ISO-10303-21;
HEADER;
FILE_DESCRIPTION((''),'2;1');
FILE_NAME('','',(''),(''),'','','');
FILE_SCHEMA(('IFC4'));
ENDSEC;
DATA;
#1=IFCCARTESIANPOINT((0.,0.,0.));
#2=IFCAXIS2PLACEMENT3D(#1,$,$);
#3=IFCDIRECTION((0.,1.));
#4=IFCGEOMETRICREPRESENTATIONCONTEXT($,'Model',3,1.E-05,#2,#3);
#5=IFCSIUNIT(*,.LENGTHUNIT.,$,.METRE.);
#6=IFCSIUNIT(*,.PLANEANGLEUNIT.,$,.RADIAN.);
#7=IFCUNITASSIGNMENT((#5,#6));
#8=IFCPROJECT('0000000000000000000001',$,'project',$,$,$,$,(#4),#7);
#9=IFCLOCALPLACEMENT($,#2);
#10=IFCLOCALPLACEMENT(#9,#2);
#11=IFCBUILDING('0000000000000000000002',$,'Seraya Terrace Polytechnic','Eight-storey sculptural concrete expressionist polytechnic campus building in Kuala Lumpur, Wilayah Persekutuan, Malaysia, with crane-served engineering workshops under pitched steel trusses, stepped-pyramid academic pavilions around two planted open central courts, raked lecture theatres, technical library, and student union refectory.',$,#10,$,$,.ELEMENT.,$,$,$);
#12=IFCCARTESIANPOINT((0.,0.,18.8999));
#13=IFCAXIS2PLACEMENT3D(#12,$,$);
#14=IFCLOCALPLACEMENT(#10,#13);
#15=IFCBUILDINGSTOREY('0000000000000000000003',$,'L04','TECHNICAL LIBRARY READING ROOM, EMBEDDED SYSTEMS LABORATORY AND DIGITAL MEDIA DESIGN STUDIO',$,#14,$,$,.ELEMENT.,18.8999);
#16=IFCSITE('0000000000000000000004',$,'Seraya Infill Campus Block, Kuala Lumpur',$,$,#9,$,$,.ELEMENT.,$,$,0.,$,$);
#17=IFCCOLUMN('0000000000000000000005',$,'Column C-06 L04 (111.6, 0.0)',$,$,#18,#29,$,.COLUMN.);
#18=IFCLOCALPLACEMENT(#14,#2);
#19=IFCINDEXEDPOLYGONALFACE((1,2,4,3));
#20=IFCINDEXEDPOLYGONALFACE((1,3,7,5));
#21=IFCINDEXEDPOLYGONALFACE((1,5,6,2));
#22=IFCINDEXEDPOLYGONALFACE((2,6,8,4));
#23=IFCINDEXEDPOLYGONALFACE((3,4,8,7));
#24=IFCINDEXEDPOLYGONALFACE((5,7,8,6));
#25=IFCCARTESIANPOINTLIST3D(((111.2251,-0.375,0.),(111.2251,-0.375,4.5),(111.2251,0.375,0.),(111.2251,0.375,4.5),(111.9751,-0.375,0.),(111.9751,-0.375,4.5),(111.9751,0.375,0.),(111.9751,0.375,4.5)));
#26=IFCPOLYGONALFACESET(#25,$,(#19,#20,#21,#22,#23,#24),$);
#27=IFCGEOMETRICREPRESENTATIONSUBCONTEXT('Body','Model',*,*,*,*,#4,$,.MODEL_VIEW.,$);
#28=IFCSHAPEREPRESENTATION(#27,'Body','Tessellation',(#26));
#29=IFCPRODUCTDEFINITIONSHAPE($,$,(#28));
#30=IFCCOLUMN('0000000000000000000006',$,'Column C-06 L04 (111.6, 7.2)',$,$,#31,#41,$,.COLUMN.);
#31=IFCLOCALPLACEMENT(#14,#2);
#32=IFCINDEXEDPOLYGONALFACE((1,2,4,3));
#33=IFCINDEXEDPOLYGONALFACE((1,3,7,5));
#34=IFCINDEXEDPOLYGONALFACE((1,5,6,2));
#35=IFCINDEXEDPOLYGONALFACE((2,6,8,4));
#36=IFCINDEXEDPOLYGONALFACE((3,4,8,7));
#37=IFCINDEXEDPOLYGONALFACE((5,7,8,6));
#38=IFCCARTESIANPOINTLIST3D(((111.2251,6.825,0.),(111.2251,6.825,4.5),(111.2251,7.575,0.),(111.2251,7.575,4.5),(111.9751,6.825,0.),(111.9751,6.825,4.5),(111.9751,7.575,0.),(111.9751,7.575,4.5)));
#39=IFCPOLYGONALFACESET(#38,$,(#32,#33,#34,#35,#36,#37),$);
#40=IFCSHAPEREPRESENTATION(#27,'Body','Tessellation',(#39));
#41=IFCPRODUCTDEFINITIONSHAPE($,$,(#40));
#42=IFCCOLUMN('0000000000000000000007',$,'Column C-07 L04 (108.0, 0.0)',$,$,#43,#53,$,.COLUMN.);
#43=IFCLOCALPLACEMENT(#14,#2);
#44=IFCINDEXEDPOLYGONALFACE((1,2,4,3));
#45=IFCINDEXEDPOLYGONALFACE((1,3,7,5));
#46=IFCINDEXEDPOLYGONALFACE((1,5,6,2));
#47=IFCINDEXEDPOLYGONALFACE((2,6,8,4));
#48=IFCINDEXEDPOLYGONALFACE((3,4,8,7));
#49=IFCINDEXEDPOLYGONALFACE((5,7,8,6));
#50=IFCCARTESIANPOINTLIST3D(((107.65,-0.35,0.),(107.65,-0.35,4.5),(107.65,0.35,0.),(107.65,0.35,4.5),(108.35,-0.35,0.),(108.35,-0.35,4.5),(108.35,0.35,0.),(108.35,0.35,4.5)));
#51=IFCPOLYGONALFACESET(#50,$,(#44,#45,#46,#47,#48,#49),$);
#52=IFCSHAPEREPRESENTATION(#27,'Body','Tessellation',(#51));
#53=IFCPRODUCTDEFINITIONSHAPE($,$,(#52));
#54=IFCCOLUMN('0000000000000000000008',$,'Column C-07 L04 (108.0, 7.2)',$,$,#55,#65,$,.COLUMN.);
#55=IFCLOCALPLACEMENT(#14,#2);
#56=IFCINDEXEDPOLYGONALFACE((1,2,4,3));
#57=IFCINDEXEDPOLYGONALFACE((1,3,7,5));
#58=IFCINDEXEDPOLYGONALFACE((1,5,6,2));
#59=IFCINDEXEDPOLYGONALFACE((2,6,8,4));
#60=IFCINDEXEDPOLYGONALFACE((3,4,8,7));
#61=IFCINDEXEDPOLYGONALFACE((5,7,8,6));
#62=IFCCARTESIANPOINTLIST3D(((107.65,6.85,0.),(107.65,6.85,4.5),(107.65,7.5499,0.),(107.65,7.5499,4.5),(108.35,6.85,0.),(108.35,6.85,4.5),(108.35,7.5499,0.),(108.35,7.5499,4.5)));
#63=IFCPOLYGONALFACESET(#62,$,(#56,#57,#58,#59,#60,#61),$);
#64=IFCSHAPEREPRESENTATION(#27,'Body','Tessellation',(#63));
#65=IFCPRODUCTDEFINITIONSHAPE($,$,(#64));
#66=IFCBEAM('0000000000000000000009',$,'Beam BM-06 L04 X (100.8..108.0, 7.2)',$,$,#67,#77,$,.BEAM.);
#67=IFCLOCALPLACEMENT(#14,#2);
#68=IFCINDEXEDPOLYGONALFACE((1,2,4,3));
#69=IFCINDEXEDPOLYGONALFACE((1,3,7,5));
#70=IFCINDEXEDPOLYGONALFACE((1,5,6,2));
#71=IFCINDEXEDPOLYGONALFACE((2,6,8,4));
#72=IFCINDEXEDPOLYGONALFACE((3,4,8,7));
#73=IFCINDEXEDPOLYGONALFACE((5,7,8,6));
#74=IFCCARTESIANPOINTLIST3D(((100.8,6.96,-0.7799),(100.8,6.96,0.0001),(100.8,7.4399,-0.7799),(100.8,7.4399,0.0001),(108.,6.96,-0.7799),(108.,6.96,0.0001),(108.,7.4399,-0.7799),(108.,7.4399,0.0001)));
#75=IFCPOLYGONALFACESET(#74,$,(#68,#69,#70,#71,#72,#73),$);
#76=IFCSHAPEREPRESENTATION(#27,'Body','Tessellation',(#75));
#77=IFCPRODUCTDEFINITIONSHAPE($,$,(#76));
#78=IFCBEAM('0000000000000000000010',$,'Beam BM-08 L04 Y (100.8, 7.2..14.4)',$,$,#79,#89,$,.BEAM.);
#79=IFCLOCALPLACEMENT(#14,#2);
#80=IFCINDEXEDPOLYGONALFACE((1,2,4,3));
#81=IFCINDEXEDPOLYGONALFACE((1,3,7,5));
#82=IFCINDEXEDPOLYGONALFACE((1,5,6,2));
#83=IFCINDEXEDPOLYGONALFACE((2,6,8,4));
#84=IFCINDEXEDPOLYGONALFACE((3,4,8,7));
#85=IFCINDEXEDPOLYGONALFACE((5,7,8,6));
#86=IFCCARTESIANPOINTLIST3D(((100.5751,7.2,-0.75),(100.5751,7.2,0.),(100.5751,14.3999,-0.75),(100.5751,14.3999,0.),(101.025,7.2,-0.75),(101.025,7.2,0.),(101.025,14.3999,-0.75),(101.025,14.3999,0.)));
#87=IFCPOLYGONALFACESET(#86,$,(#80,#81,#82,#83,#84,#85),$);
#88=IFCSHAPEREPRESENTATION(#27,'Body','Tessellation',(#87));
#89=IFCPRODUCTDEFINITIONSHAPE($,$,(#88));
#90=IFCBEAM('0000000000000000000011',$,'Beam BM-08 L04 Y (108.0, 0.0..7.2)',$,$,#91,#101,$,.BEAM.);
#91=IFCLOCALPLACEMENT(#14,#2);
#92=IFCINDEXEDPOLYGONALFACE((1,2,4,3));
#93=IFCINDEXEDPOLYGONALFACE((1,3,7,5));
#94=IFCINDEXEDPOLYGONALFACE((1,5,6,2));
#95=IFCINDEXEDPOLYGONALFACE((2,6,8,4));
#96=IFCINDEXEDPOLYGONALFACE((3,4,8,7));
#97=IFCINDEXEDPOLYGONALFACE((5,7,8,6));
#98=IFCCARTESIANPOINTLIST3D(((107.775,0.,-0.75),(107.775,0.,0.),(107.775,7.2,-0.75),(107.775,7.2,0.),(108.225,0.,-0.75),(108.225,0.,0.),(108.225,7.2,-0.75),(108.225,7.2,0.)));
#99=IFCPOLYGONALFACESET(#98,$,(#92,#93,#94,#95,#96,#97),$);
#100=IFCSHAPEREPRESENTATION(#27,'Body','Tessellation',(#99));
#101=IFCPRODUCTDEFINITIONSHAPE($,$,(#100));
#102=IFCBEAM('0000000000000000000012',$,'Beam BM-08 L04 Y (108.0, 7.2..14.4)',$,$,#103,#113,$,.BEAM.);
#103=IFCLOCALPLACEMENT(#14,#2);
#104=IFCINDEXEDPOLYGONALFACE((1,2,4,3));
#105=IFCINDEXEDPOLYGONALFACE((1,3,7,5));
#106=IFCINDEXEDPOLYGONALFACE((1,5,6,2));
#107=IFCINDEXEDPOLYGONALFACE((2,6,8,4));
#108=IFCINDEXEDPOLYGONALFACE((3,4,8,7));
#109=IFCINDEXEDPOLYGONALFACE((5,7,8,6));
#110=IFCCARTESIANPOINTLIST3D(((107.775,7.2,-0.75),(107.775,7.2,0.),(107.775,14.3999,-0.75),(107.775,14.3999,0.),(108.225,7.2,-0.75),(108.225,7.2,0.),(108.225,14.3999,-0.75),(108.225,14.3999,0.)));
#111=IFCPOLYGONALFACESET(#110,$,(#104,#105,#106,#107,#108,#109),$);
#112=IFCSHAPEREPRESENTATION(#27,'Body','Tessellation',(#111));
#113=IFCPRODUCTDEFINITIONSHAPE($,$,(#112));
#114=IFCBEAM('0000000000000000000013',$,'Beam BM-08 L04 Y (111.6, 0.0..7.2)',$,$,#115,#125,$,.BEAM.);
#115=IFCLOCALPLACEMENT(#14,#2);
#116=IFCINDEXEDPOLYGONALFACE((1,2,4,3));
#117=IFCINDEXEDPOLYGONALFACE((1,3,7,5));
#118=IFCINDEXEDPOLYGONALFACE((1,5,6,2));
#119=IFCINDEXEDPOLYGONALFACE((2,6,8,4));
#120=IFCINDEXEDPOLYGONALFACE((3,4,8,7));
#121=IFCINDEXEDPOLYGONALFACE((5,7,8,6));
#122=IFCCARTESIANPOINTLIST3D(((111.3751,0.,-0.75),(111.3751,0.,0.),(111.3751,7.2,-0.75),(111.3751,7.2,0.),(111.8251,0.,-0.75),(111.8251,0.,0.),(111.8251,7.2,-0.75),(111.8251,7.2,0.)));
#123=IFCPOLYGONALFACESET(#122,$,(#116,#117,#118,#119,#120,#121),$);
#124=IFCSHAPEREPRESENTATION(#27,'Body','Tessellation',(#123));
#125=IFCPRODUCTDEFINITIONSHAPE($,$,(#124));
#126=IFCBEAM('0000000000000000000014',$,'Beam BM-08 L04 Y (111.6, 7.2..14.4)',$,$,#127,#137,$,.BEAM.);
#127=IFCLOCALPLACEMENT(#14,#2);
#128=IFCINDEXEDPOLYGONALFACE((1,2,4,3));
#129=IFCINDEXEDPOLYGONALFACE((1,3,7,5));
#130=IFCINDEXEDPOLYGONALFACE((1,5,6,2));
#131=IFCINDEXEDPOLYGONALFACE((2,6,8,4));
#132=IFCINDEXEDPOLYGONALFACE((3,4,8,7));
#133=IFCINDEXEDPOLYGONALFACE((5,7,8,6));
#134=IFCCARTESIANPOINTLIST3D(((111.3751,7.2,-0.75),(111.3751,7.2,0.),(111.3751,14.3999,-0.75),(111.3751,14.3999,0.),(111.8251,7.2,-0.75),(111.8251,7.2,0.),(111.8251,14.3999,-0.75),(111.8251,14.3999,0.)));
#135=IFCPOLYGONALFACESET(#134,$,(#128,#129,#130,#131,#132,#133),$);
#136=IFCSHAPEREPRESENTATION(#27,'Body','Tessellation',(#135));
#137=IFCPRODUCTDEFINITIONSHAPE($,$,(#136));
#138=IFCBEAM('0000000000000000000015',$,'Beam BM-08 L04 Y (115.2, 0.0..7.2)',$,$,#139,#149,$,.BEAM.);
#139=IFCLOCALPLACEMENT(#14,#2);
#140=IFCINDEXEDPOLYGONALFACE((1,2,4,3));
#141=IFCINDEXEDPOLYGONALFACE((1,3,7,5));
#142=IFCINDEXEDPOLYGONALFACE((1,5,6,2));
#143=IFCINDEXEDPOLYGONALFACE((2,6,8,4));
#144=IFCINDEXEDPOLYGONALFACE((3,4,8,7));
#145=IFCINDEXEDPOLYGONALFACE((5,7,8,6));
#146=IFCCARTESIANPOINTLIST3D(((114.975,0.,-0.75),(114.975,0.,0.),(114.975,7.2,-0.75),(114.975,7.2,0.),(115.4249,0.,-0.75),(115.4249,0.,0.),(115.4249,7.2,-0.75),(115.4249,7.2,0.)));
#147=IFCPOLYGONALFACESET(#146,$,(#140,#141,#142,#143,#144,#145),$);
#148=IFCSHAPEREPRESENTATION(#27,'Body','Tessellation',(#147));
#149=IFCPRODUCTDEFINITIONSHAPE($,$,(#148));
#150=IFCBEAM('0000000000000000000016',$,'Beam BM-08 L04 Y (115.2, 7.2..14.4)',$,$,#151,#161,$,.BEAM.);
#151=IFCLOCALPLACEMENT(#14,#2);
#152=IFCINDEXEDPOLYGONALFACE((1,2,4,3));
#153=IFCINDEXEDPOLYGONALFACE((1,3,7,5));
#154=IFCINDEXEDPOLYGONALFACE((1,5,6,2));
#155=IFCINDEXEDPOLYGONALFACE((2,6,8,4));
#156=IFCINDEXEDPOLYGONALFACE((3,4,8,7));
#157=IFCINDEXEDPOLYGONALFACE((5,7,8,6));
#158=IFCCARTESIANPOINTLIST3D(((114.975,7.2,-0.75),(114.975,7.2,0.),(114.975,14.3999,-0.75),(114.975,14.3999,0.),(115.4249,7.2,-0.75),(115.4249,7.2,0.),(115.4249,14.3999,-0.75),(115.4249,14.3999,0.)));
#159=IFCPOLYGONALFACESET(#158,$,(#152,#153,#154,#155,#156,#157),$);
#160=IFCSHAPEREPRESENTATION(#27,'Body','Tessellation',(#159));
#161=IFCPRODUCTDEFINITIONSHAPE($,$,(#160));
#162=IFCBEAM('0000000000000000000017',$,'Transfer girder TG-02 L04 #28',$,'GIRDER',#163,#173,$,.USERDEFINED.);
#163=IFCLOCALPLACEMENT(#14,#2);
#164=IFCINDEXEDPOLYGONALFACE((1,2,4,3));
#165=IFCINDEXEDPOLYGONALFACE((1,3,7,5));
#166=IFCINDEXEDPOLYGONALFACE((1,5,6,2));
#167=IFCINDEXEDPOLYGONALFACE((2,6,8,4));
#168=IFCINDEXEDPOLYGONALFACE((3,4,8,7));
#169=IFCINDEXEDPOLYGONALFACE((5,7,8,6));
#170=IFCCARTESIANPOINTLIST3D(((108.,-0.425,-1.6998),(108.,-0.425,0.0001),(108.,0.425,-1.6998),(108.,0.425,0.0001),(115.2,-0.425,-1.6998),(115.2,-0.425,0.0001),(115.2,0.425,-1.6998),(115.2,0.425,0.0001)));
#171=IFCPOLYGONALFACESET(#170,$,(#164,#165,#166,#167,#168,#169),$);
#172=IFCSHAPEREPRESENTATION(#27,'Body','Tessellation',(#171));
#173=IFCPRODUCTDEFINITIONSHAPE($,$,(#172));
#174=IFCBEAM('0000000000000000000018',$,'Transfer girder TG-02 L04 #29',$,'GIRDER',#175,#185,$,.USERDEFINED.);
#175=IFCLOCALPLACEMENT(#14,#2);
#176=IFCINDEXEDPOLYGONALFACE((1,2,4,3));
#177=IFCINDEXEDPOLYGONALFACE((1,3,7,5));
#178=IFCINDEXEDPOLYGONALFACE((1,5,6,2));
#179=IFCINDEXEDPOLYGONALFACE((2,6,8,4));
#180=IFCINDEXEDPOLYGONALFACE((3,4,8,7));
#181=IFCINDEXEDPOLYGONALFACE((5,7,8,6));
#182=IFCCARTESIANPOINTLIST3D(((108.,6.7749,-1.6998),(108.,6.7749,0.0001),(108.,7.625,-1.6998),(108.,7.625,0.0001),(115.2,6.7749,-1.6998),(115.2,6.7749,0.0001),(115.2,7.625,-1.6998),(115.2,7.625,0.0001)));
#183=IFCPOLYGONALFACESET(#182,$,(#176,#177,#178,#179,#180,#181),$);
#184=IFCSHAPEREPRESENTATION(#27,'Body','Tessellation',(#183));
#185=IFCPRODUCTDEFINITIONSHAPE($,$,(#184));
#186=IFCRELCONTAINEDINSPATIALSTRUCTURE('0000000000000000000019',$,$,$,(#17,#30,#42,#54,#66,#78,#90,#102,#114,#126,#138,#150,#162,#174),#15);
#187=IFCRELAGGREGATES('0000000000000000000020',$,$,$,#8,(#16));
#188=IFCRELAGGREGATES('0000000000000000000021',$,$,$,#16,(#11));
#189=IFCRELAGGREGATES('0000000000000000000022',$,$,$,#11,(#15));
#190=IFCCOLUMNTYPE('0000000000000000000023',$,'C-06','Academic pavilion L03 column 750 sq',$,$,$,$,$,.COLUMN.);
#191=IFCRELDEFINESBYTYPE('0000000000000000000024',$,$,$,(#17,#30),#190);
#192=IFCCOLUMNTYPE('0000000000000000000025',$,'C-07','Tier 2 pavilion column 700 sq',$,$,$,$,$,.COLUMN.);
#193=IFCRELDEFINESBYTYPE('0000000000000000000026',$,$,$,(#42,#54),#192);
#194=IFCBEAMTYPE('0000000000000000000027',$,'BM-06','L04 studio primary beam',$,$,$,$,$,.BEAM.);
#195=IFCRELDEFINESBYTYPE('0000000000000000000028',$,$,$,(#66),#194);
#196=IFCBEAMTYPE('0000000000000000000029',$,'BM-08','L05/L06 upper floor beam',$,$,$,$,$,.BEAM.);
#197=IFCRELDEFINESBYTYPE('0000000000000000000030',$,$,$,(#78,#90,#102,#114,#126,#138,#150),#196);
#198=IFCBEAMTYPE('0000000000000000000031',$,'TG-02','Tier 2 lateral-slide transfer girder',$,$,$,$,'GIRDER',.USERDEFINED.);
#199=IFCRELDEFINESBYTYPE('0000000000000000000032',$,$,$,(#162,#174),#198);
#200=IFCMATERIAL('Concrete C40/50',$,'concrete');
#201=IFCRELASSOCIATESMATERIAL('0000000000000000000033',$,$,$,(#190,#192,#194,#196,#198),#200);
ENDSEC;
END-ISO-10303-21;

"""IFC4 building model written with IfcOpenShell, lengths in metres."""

from ifc_helpers import new_model, si_unit, direction, frame, origin, origin_2d, place, context, subcontext, project, spatial, rectangle, extrude, material, material_profile, profile_set, type_object, element, save


model = new_model("IFC4")

# Units and contexts
model_context = context("Model", 3, precision=1e-05, world=origin(), true_north=direction((0.0, 1.0)))
body_context = subcontext(model_context, "Body", "Model", "MODEL_VIEW")
ifc_project = project(units=[si_unit("LENGTHUNIT", "METRE"), si_unit("PLANEANGLEUNIT", "RADIAN")], contexts=[model_context])

# Site, building, storey
site_placement = place(None, origin())
site = spatial("IfcSite", under=ifc_project, at=site_placement, Name="Seraya Infill Campus Block, Kuala Lumpur", CompositionType="ELEMENT", RefElevation=0.0)
building_placement = place(site_placement, origin())
building = spatial("IfcBuilding", under=site, at=building_placement, Name="Seraya Terrace Polytechnic", Description="Eight-storey sculptural concrete expressionist polytechnic campus building in Kuala Lumpur, Wilayah Persekutuan, Malaysia, with crane-served engineering workshops under pitched steel trusses, stepped-pyramid academic pavilions around two planted open central courts, raked lecture theatres, technical library, and student union refectory.", CompositionType="ELEMENT")
storey_placement = place(building_placement, frame((0.0, 0.0, 18.8999)))
storey = spatial("IfcBuildingStorey", under=building, at=storey_placement, Name="L04", Description="TECHNICAL LIBRARY READING ROOM, EMBEDDED SYSTEMS LABORATORY AND DIGITAL MEDIA DESIGN STUDIO", CompositionType="ELEMENT", Elevation=18.8999)

# Columns
ifc_material_1 = material(Name="Concrete C40/50", Category="concrete")
ifc_material_profile_1 = material_profile(ifc_material_1, rectangle(XDim=0.75, YDim=0.75, at=origin_2d()), Name="RC 750x750")
ifc_profile_set_1 = profile_set([ifc_material_profile_1], Name="Concrete C40/50")
column_type_1 = type_object("IfcColumnType", Name="C-06", Description="Academic pavilion L03 column 750 sq", PredefinedType="COLUMN", material=ifc_profile_set_1)
for number, where, z_axis, x_axis, name in (
    (1, (111.6001, 0.0, 0.0), (0.0, 0.0, 1.0), (1.0, 0.0, 0.0), "Column C-06 L04 (111.6, 0.0)"),
    (2, (111.6001, 7.2, 0.0), (0.0, 0.0, 1.0), (1.0, 0.0, 0.0), "Column C-06 L04 (111.6, 7.2)"),
):
    element("IfcColumn", number, at=place(storey_placement, frame(where, z_axis=z_axis, x_axis=x_axis)), inside=storey, type_object=column_type_1, Name=name, PredefinedType="COLUMN", context=body_context, shape_type="SweptSolid", body=[
        extrude(rectangle(XDim=0.75, YDim=0.75, at=origin_2d()), origin(), (0.0, 0.0, 1.0), 4.5),
    ])
ifc_material_profile_2 = material_profile(ifc_material_1, rectangle(XDim=0.7, YDim=0.7, at=origin_2d()), Name="RC 700x700")
ifc_profile_set_2 = profile_set([ifc_material_profile_2], Name="Concrete C40/50")
column_type_2 = type_object("IfcColumnType", Name="C-07", Description="Tier 2 pavilion column 700 sq", PredefinedType="COLUMN", material=ifc_profile_set_2)
for number, where, z_axis, x_axis, name in (
    (3, (108.0, 0.0, 0.0), (0.0, 0.0, 1.0), (1.0, 0.0, 0.0), "Column C-07 L04 (108.0, 0.0)"),
    (4, (108.0, 7.2, 0.0), (0.0, 0.0, 1.0), (1.0, 0.0, 0.0), "Column C-07 L04 (108.0, 7.2)"),
):
    element("IfcColumn", number, at=place(storey_placement, frame(where, z_axis=z_axis, x_axis=x_axis)), inside=storey, type_object=column_type_2, Name=name, PredefinedType="COLUMN", context=body_context, shape_type="SweptSolid", body=[
        extrude(rectangle(XDim=0.7, YDim=0.7, at=origin_2d()), origin(), (0.0, 0.0, 1.0), 4.5),
    ])

# Beams
ifc_material_profile_3 = material_profile(ifc_material_1, rectangle(XDim=0.48, YDim=0.78, at=origin_2d()), Name="RC 480x780")
ifc_profile_set_3 = profile_set([ifc_material_profile_3], Name="Concrete C40/50")
beam_type_1 = type_object("IfcBeamType", Name="BM-06", Description="L04 studio primary beam", PredefinedType="BEAM", material=ifc_profile_set_3)
beam_placement = place(storey_placement, frame((100.8, 7.2, -0.3899), z_axis=(1.0, 0.0, 0.0), x_axis=(0.0, 1.0, 0.0)))
element("IfcBeam", 5, at=beam_placement, inside=storey, type_object=beam_type_1, Name="Beam BM-06 L04 X (100.8..108.0, 7.2)", PredefinedType="BEAM", context=body_context, shape_type="SweptSolid", body=[
    extrude(rectangle(XDim=0.48, YDim=0.78, at=origin_2d()), origin(), (0.0, 0.0, 1.0), 7.2),
])
ifc_material_profile_4 = material_profile(ifc_material_1, rectangle(XDim=0.45, YDim=0.75, at=origin_2d()), Name="RC 450x750")
ifc_profile_set_4 = profile_set([ifc_material_profile_4], Name="Concrete C40/50")
beam_type_2 = type_object("IfcBeamType", Name="BM-08", Description="L05/L06 upper floor beam", PredefinedType="BEAM", material=ifc_profile_set_4)
for number, where, z_axis, x_axis, name in (
    (6, (100.8, 7.2, -0.375), (0.0, 1.0, 0.0), (-1.0, 0.0, 0.0), "Beam BM-08 L04 Y (100.8, 7.2..14.4)"),
    (7, (108.0, 0.0, -0.375), (0.0, 1.0, 0.0), (-1.0, 0.0, 0.0), "Beam BM-08 L04 Y (108.0, 0.0..7.2)"),
    (8, (108.0, 7.2, -0.375), (0.0, 1.0, 0.0), (-1.0, 0.0, 0.0), "Beam BM-08 L04 Y (108.0, 7.2..14.4)"),
    (9, (111.6001, 0.0, -0.375), (0.0, 1.0, 0.0), (-1.0, 0.0, 0.0), "Beam BM-08 L04 Y (111.6, 0.0..7.2)"),
    (10, (111.6001, 7.2, -0.375), (0.0, 1.0, 0.0), (-1.0, 0.0, 0.0), "Beam BM-08 L04 Y (111.6, 7.2..14.4)"),
    (11, (115.2, 0.0, -0.375), (0.0, 1.0, 0.0), (-1.0, 0.0, 0.0), "Beam BM-08 L04 Y (115.2, 0.0..7.2)"),
    (12, (115.2, 7.2, -0.375), (0.0, 1.0, 0.0), (-1.0, 0.0, 0.0), "Beam BM-08 L04 Y (115.2, 7.2..14.4)"),
):
    element("IfcBeam", number, at=place(storey_placement, frame(where, z_axis=z_axis, x_axis=x_axis)), inside=storey, type_object=beam_type_2, Name=name, PredefinedType="BEAM", context=body_context, shape_type="SweptSolid", body=[
        extrude(rectangle(XDim=0.45, YDim=0.75, at=origin_2d()), origin(), (0.0, 0.0, 1.0), 7.2),
    ])
ifc_material_profile_5 = material_profile(ifc_material_1, rectangle(XDim=0.8501, YDim=1.7, at=origin_2d()), Name="RC 850x1700")
ifc_profile_set_5 = profile_set([ifc_material_profile_5], Name="Concrete C40/50")
beam_type_3 = type_object("IfcBeamType", Name="TG-02", Description="Tier 2 lateral-slide transfer girder", ElementType="GIRDER", PredefinedType="USERDEFINED", material=ifc_profile_set_5)
for number, where, z_axis, x_axis, name in (
    (13, (108.0, 0.0, -0.8499), (1.0, 0.0, 0.0), (0.0, 1.0, 0.0), "Transfer girder TG-02 L04 #28"),
    (14, (108.0, 7.2, -0.8499), (1.0, 0.0, 0.0), (0.0, 1.0, 0.0), "Transfer girder TG-02 L04 #29"),
):
    element("IfcBeam", number, at=place(storey_placement, frame(where, z_axis=z_axis, x_axis=x_axis)), inside=storey, type_object=beam_type_3, Name=name, ObjectType="GIRDER", PredefinedType="USERDEFINED", context=body_context, shape_type="SweptSolid", body=[
        extrude(rectangle(XDim=0.8501, YDim=1.7, at=origin_2d()), origin(), (0.0, 0.0, 1.0), 7.2),
    ])

save(model, "model.ifc")
